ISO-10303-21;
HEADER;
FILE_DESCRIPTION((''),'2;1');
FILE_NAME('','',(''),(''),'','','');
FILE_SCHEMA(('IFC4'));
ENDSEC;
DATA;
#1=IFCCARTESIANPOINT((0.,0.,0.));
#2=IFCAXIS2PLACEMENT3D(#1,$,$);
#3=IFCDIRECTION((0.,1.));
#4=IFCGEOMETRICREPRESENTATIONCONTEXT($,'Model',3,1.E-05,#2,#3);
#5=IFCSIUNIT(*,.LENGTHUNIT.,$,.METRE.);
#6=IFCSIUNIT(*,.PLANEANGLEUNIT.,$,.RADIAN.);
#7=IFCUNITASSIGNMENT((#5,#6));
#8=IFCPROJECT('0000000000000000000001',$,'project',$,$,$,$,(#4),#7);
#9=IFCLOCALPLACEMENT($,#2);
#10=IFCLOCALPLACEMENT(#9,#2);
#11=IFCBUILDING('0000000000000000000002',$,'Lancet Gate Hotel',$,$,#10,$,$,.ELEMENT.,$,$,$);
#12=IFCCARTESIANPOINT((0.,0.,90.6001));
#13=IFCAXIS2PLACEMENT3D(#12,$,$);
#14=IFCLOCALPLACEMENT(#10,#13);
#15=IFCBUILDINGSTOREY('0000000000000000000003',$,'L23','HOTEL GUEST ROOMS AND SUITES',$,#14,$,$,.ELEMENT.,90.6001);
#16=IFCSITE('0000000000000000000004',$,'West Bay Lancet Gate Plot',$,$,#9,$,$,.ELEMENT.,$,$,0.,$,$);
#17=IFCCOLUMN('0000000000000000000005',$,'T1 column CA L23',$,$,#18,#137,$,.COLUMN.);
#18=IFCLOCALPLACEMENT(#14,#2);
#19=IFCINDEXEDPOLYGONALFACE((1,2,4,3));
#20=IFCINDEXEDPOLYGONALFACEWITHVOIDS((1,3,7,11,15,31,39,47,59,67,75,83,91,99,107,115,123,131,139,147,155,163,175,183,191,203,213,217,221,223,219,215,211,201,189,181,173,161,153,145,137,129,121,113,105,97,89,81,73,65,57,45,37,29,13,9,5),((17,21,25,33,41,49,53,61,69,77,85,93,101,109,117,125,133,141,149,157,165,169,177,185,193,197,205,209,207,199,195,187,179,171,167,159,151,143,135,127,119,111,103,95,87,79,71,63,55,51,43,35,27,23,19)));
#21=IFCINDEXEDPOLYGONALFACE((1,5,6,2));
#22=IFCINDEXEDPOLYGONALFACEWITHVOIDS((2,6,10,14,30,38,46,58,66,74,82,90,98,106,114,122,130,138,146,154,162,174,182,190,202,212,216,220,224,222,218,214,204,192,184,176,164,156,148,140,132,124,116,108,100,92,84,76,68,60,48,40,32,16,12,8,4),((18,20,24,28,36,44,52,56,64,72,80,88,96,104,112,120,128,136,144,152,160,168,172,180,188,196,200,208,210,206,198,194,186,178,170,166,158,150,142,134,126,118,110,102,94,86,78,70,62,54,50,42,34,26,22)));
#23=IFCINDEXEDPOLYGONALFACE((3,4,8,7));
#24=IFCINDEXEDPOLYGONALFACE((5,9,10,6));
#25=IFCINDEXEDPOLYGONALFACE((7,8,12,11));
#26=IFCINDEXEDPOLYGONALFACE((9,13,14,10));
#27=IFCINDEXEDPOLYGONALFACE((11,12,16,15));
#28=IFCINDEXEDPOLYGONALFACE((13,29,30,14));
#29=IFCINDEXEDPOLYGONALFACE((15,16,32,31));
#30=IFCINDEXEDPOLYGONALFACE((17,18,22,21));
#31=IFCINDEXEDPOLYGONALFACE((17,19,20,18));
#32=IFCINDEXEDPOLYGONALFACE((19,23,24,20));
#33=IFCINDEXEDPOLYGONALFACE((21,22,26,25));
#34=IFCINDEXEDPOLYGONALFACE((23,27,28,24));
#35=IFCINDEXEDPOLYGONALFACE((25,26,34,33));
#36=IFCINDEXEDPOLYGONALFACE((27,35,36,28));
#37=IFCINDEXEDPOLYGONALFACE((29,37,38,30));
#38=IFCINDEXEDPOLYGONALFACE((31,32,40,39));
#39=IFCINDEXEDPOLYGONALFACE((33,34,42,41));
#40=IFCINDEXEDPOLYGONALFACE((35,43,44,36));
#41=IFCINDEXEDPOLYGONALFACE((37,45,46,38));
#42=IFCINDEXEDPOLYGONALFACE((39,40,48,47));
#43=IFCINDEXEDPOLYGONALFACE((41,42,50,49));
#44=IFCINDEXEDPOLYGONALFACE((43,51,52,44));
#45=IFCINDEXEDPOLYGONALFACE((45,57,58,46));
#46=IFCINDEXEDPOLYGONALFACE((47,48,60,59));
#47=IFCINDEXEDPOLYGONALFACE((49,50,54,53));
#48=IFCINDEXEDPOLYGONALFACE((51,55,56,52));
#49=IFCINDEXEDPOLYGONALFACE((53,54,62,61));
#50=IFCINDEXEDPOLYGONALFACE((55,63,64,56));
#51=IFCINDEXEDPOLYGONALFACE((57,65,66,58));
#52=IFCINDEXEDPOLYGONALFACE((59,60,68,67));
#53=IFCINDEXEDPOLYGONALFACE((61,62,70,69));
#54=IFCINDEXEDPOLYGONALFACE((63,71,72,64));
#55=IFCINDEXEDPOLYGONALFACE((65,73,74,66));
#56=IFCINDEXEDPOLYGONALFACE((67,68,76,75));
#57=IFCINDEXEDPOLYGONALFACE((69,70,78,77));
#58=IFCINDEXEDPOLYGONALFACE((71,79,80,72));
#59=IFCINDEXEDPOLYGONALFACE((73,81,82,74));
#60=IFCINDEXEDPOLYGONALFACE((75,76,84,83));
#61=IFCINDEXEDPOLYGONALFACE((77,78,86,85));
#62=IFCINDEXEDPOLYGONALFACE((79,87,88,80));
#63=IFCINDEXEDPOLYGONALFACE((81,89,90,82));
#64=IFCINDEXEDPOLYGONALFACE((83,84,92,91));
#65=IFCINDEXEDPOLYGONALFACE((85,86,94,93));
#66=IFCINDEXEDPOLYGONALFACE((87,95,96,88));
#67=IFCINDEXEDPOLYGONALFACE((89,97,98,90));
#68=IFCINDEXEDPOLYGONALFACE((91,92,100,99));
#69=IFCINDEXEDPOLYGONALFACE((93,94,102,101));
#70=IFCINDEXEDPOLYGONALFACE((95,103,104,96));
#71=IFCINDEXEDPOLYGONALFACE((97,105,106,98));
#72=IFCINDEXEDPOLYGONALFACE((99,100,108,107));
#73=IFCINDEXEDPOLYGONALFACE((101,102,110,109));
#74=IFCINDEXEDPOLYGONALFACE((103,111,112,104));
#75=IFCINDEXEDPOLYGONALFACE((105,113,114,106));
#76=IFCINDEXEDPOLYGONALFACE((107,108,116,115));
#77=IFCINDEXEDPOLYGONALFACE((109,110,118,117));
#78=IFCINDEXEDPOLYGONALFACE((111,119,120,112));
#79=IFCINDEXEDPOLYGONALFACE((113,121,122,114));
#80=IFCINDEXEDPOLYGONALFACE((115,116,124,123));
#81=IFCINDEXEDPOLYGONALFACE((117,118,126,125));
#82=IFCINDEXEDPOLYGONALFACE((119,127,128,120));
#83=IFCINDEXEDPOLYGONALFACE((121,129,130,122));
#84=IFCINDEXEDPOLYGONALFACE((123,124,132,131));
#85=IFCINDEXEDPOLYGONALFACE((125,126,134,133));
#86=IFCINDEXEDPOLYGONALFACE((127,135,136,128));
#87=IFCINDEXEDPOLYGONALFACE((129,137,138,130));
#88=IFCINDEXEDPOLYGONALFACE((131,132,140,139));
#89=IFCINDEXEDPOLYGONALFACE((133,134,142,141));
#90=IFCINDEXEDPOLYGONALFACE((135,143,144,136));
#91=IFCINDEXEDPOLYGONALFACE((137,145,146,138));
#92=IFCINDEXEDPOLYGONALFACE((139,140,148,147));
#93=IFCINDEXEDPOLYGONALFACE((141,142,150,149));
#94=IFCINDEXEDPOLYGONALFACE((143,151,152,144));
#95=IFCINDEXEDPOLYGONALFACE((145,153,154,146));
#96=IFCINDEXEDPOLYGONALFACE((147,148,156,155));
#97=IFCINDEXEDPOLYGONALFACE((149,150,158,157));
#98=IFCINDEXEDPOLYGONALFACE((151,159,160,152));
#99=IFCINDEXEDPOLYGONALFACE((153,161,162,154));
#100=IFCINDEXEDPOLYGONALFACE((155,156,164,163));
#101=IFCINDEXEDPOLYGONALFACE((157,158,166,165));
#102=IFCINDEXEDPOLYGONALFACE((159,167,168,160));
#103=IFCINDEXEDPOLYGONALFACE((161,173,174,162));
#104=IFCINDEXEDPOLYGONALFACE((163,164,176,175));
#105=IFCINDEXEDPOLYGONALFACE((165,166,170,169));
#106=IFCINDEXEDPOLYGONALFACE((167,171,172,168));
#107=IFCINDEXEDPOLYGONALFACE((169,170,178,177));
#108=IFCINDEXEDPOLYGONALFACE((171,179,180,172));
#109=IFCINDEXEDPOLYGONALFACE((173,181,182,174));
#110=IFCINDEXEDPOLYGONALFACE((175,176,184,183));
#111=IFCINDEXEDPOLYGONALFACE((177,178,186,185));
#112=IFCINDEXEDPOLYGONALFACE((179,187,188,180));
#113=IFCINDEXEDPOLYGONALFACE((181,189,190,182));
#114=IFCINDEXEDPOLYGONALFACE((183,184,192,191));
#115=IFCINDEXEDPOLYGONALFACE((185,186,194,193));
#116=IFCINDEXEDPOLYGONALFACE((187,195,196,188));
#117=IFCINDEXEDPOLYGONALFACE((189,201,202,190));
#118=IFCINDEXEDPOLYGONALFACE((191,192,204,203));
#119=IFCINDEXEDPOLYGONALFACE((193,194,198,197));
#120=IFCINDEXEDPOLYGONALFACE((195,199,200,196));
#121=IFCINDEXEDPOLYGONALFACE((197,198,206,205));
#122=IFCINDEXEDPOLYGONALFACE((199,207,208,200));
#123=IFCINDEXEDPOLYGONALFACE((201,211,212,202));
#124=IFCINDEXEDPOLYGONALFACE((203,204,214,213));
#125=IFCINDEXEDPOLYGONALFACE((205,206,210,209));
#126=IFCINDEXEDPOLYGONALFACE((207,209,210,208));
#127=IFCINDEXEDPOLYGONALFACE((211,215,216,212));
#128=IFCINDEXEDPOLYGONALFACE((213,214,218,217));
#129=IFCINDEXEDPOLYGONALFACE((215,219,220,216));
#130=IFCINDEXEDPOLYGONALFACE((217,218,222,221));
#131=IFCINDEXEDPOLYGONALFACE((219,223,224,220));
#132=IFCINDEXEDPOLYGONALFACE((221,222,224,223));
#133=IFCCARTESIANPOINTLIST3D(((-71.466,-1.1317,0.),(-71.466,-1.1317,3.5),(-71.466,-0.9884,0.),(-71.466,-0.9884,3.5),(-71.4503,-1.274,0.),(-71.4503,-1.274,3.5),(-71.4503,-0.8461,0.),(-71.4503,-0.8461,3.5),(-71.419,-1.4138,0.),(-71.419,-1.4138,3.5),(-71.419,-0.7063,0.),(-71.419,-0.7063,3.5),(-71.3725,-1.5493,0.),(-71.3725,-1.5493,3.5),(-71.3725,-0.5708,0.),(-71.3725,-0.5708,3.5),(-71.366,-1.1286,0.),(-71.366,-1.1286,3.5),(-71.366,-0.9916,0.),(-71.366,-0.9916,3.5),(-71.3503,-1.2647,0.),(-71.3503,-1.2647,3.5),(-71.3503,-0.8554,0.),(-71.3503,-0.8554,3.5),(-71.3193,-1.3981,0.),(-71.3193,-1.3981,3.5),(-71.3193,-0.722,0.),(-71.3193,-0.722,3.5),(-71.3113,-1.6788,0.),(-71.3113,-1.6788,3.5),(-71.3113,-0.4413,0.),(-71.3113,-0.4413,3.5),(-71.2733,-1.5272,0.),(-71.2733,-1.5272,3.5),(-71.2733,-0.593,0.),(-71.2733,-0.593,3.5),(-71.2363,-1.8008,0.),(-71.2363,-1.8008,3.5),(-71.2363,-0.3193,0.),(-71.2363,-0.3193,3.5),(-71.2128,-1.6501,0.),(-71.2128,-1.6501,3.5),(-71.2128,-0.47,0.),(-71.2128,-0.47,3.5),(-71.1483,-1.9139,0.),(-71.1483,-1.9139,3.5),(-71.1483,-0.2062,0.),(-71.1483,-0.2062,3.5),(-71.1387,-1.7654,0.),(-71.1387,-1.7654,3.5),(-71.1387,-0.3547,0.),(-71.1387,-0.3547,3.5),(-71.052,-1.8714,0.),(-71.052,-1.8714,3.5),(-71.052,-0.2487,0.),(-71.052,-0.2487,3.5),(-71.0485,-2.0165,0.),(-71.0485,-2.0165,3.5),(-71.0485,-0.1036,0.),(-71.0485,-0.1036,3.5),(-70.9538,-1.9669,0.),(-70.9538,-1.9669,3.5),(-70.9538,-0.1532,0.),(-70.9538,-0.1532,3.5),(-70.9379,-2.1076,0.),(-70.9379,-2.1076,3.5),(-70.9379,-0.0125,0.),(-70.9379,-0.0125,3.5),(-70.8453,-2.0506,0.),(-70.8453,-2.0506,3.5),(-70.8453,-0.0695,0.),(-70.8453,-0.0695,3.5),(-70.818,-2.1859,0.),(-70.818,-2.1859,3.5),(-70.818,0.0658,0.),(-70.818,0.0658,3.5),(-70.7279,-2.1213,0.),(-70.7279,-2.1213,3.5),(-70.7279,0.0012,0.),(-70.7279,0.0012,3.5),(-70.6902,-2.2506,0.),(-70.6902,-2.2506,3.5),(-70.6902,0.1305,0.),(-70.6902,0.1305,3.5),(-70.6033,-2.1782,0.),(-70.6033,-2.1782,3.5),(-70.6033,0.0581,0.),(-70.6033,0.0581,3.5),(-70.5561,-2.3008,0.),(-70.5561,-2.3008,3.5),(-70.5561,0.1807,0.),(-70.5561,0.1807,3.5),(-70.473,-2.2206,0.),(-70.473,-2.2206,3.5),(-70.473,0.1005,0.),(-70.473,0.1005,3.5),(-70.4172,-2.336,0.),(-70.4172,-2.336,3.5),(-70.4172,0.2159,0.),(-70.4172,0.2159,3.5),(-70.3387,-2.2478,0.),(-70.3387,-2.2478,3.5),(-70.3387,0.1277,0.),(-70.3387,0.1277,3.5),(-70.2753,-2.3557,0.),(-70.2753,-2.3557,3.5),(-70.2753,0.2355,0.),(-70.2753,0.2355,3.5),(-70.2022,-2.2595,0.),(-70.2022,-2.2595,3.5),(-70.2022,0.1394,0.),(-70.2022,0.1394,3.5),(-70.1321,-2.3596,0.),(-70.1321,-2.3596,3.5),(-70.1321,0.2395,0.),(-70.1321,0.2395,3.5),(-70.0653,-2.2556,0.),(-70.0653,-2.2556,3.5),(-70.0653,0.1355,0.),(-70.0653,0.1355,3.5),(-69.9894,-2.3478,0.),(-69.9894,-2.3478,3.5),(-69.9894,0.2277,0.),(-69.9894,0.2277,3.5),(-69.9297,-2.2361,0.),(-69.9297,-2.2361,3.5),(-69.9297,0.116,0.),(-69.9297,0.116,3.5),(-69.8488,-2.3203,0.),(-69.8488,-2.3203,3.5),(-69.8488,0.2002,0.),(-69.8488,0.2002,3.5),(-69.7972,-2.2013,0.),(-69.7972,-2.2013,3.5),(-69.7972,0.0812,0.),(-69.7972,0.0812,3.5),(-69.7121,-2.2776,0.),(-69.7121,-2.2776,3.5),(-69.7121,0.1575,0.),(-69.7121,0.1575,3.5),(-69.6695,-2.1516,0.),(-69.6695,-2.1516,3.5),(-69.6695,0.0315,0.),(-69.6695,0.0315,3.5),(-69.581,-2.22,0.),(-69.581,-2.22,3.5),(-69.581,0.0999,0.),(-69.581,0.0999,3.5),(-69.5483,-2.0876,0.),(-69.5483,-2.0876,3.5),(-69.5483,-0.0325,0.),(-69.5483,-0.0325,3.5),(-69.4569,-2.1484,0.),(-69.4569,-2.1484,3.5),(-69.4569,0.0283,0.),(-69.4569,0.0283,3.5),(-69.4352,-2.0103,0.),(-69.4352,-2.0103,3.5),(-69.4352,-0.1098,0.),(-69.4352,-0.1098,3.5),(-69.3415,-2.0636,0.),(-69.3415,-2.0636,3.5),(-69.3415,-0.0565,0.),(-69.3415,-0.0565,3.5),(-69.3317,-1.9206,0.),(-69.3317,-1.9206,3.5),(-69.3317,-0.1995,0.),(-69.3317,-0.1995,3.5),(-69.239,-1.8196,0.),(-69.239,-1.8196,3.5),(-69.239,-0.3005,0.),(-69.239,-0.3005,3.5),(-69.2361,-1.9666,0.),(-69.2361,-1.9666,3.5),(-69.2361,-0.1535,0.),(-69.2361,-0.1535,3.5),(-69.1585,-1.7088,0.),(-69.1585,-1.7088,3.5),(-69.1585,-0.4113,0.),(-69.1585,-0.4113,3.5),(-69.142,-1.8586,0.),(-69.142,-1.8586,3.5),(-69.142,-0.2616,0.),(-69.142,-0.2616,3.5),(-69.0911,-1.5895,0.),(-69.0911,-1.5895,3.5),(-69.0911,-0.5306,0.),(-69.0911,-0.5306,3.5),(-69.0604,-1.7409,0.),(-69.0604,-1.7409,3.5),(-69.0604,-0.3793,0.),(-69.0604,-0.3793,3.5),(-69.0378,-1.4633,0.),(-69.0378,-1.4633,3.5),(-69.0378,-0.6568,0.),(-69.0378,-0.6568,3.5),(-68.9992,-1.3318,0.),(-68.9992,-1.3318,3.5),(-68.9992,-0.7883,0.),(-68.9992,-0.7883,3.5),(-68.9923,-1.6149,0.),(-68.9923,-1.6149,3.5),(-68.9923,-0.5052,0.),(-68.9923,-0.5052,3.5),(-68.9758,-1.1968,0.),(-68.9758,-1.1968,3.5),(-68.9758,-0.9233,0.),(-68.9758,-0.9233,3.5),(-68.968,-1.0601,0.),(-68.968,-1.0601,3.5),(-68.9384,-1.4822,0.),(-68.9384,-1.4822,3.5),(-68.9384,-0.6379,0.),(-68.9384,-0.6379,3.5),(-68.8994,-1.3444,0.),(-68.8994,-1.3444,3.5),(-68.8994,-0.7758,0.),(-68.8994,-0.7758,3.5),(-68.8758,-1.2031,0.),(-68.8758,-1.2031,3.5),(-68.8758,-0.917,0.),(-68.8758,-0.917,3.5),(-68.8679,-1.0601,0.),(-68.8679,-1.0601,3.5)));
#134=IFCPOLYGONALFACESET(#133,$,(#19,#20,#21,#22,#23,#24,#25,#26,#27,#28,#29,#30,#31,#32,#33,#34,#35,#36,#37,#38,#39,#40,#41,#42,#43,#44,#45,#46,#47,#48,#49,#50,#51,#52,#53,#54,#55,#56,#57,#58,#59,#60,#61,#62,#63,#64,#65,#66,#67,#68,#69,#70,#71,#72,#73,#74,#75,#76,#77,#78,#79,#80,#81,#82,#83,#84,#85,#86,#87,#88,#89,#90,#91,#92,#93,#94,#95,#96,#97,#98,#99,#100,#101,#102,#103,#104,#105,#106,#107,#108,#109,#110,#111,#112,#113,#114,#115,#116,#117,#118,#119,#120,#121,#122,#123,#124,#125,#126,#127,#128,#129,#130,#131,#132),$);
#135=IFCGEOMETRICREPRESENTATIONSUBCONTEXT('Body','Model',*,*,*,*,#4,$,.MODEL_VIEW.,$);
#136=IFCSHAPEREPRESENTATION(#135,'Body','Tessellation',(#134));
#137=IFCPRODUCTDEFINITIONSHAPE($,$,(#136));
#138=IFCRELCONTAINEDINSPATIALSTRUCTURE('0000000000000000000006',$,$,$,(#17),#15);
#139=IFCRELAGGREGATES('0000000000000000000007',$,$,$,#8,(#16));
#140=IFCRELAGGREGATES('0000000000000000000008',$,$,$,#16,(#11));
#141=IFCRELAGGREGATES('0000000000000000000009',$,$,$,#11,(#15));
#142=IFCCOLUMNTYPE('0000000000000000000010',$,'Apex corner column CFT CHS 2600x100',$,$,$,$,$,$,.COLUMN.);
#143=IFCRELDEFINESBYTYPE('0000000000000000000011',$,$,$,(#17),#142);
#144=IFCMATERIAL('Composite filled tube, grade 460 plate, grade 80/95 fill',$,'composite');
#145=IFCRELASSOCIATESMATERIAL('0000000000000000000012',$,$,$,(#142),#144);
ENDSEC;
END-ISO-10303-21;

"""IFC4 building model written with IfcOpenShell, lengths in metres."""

from ifc_helpers import new_model, si_unit, direction, frame, origin, origin_2d, place, context, subcontext, project, spatial, hollow_circle, extrude, material, material_profile, profile_set, type_object, element, save


model = new_model("IFC4")

# Units and contexts
model_context = context("Model", 3, precision=1e-05, world=origin(), true_north=direction((0.0, 1.0)))
body_context = subcontext(model_context, "Body", "Model", "MODEL_VIEW")
ifc_project = project(units=[si_unit("LENGTHUNIT", "METRE"), si_unit("PLANEANGLEUNIT", "RADIAN")], contexts=[model_context])

# Site, building, storey
site_placement = place(None, origin())
site = spatial("IfcSite", under=ifc_project, at=site_placement, Name="West Bay Lancet Gate Plot", CompositionType="ELEMENT", RefElevation=0.0)
building_placement = place(site_placement, origin())
building = spatial("IfcBuilding", under=site, at=building_placement, Name="Lancet Gate Hotel", CompositionType="ELEMENT")
storey_placement = place(building_placement, frame((0.0, 0.0, 90.6001)))
storey = spatial("IfcBuildingStorey", under=building, at=storey_placement, Name="L23", Description="HOTEL GUEST ROOMS AND SUITES", CompositionType="ELEMENT", Elevation=90.6001)

# Column
ifc_material_1 = material(Name="Composite filled tube, grade 460 plate, grade 80/95 fill", Category="composite")
ifc_material_profile_1 = material_profile(ifc_material_1, hollow_circle(Radius=1.3, WallThickness=0.1001, at=origin_2d()), Name="CHS 2600x100")
ifc_profile_set_1 = profile_set([ifc_material_profile_1], Name="Composite filled tube, grade 460 plate, grade 80/95 fill")
column_type_1 = type_object("IfcColumnType", Name="Apex corner column CFT CHS 2600x100", PredefinedType="COLUMN", material=ifc_profile_set_1)
column_1_placement = place(storey_placement, frame((-70.168, -1.0601, 0.0), z_axis=(0.0, 0.0, 1.0), x_axis=(1.0, 0.0, 0.0)))
element("IfcColumn", 1, at=column_1_placement, inside=storey, type_object=column_type_1, Name="T1 column CA L23", PredefinedType="COLUMN", context=body_context, shape_type="SweptSolid", body=[
    extrude(hollow_circle(Radius=1.3, WallThickness=0.1001, at=origin_2d()), origin(), (0.0, 0.0, 1.0), 3.5),
])

save(model, "model.ifc")
